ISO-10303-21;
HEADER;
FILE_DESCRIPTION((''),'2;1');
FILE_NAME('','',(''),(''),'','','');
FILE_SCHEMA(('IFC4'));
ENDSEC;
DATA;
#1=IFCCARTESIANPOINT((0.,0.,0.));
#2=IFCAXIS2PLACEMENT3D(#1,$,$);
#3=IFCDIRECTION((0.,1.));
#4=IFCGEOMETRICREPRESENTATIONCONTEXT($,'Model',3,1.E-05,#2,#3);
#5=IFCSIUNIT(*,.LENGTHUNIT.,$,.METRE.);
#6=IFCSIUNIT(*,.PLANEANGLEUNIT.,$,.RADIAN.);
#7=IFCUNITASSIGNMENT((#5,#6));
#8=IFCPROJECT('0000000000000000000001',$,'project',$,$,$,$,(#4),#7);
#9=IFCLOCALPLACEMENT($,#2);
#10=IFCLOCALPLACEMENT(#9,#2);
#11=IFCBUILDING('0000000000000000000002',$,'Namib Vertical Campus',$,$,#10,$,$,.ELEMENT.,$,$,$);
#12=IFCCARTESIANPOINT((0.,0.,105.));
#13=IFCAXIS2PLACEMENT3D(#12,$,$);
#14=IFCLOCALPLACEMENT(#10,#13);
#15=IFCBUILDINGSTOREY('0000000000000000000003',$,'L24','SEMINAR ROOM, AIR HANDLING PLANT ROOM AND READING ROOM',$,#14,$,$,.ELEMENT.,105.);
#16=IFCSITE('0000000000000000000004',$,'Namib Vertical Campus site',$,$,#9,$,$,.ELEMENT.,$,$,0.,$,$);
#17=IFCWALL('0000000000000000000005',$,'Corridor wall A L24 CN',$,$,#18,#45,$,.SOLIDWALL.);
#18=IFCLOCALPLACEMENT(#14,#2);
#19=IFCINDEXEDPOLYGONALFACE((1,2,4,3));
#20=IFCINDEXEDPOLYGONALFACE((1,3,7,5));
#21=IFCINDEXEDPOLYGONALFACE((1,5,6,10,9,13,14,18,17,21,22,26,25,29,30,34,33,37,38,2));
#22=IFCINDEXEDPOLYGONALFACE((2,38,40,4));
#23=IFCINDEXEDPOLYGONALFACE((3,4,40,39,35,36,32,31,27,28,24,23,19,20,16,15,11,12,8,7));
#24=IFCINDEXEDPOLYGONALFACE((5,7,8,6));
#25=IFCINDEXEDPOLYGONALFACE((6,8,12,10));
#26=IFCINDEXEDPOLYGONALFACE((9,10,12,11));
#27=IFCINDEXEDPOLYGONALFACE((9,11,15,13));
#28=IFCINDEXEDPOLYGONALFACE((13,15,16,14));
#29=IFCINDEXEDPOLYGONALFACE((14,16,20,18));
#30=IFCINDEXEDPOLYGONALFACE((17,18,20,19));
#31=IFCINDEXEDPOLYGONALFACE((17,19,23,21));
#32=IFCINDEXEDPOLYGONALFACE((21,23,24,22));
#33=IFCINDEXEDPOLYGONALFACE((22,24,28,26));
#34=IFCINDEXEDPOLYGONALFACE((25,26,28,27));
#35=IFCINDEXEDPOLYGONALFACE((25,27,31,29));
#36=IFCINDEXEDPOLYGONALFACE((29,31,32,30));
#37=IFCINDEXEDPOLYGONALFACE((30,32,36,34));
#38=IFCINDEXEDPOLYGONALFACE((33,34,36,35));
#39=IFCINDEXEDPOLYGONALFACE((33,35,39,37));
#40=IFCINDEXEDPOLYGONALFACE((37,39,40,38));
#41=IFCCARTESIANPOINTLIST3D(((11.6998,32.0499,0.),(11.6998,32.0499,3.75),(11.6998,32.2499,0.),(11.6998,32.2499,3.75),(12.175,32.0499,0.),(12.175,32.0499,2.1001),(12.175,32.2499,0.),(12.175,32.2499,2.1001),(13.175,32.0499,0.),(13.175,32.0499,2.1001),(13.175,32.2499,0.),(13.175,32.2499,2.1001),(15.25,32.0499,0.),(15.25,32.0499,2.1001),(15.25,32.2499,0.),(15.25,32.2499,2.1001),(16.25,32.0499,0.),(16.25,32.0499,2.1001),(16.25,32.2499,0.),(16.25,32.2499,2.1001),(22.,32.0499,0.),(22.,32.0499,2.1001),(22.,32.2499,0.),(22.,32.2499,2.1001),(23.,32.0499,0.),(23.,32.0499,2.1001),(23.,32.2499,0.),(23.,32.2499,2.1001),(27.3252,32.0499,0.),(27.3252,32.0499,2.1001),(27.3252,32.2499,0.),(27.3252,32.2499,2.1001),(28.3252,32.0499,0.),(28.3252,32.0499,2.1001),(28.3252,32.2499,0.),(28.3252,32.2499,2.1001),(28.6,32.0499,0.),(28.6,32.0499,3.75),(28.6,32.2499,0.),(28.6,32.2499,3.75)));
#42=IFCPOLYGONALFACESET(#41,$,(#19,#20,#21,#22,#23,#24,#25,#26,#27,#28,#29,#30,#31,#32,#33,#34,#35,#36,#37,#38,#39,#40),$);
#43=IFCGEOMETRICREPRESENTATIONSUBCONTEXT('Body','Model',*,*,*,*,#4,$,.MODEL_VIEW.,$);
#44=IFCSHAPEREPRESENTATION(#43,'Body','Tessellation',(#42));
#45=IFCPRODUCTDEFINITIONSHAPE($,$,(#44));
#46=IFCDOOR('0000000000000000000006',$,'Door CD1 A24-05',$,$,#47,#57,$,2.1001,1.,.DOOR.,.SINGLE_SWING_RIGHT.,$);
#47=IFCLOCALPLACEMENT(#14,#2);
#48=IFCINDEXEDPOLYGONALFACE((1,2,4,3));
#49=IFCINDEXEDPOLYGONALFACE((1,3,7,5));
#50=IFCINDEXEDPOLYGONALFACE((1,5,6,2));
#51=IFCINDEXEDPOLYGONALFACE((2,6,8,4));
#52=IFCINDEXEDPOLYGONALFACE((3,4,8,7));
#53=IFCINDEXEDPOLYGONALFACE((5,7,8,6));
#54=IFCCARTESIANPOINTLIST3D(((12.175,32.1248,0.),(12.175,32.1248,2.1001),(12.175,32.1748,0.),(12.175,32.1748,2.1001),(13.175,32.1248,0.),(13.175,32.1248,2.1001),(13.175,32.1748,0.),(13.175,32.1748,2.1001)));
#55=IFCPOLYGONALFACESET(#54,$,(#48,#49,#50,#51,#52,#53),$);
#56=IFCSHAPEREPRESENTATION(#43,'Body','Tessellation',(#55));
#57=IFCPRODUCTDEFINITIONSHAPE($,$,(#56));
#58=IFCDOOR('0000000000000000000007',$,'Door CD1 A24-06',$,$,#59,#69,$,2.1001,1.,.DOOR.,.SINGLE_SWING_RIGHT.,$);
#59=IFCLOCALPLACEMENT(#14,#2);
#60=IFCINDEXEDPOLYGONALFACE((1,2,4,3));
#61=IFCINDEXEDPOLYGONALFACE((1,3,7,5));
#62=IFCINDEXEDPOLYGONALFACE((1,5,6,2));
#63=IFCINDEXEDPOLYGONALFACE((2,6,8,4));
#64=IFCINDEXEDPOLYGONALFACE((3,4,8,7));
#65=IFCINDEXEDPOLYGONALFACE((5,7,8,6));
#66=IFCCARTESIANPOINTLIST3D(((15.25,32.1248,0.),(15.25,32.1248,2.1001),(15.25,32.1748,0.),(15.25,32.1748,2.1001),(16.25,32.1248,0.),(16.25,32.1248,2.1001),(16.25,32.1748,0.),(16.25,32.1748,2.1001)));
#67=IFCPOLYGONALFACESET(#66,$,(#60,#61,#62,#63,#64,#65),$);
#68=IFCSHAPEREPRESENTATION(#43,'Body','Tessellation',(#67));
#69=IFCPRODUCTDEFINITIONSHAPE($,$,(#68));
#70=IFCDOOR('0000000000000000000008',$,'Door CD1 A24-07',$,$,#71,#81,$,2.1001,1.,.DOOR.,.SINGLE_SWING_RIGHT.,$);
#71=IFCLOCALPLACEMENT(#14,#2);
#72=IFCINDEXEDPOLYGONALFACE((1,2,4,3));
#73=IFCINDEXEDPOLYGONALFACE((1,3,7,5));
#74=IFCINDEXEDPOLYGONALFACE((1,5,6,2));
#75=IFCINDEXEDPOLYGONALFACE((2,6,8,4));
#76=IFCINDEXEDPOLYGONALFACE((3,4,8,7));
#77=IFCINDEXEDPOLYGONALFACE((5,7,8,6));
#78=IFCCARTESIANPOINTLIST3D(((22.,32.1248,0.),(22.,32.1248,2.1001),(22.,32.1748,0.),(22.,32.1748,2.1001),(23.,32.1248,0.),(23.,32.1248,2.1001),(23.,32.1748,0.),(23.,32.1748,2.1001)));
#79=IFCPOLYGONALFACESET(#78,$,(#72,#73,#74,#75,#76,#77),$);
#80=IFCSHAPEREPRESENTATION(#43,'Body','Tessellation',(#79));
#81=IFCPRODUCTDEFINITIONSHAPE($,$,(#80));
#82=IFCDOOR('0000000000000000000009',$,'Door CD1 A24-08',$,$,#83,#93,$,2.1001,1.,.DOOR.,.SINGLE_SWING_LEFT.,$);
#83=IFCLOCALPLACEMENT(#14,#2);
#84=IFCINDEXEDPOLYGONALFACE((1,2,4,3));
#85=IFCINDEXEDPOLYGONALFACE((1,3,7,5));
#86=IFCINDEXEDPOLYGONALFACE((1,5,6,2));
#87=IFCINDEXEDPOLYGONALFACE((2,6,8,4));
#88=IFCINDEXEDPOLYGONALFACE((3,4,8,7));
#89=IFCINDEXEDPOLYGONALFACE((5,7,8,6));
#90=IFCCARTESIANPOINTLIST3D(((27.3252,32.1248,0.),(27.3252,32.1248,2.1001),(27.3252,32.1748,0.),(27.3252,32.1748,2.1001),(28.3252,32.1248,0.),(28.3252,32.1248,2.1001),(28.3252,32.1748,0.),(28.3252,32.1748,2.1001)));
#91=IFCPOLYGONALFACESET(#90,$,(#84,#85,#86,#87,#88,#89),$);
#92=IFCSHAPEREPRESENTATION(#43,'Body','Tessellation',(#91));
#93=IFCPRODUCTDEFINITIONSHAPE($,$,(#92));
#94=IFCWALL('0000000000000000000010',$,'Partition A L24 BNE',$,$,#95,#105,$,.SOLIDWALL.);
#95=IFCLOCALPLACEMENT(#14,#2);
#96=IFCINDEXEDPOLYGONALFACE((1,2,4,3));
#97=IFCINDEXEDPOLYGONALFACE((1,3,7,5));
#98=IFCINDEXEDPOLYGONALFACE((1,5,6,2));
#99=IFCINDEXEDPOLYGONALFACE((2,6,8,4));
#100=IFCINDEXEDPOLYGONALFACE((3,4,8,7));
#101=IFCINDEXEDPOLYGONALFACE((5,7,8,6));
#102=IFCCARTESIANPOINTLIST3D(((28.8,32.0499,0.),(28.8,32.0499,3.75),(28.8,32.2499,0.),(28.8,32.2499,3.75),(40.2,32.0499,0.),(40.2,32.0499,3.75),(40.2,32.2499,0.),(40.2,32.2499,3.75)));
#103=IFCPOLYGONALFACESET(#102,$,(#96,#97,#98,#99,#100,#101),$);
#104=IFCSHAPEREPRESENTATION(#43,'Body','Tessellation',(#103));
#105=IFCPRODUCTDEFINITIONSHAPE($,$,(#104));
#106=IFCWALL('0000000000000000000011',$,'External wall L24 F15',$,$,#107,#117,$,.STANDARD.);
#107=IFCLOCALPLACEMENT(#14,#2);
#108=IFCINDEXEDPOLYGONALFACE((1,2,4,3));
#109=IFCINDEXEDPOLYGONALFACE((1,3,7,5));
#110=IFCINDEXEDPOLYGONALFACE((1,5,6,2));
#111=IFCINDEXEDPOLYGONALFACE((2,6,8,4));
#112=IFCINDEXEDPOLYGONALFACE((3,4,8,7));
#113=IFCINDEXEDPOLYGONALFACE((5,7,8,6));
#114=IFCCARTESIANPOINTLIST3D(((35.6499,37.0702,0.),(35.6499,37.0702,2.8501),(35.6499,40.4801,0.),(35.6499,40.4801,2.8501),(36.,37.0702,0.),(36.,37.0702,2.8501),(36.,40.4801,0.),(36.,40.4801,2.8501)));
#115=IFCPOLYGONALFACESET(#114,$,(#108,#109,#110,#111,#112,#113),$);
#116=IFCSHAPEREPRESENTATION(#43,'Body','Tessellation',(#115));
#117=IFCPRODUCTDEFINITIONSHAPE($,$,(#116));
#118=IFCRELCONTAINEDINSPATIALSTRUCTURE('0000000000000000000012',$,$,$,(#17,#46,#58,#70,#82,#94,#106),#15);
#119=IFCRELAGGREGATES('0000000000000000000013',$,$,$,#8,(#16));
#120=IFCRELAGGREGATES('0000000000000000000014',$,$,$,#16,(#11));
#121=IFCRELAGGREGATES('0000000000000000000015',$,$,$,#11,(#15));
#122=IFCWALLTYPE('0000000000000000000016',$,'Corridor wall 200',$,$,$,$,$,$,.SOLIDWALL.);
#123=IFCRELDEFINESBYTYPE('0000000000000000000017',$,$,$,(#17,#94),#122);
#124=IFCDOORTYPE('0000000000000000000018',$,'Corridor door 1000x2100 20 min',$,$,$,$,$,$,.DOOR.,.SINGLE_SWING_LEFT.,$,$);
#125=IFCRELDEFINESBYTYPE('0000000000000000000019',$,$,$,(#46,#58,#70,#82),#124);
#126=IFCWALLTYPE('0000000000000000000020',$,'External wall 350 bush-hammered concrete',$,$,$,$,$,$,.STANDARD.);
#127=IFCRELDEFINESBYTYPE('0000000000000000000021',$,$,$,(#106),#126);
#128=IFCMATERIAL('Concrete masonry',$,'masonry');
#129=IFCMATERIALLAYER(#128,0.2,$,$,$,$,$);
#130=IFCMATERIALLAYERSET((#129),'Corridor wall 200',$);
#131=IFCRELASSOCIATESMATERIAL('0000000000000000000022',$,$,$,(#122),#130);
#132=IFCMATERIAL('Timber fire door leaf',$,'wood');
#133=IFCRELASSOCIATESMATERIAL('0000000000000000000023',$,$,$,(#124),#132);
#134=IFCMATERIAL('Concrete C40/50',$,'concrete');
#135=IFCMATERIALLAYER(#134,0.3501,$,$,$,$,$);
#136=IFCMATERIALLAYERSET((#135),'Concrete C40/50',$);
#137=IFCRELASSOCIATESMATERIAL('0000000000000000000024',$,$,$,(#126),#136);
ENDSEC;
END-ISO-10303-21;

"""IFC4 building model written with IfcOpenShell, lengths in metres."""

from ifc_helpers import new_model, si_unit, direction, frame, frame_2d, origin, place, context, subcontext, project, spatial, rectangle, extrude, material, layer, layer_set, type_object, element, fill, save


model = new_model("IFC4")

# Units and contexts
model_context = context("Model", 3, precision=1e-05, world=origin(), true_north=direction((0.0, 1.0)))
body_context = subcontext(model_context, "Body", "Model", "MODEL_VIEW")
ifc_project = project(units=[si_unit("LENGTHUNIT", "METRE"), si_unit("PLANEANGLEUNIT", "RADIAN")], contexts=[model_context])

# Site, building, storey
site_placement = place(None, origin())
site = spatial("IfcSite", under=ifc_project, at=site_placement, Name="Namib Vertical Campus site", CompositionType="ELEMENT", RefElevation=0.0)
building_placement = place(site_placement, origin())
building = spatial("IfcBuilding", under=site, at=building_placement, Name="Namib Vertical Campus", CompositionType="ELEMENT")
storey_placement = place(building_placement, frame((0.0, 0.0, 105.0)))
storey = spatial("IfcBuildingStorey", under=building, at=storey_placement, Name="L24", Description="SEMINAR ROOM, AIR HANDLING PLANT ROOM AND READING ROOM", CompositionType="ELEMENT", Elevation=105.0)

# Wall, openings, doors
ifc_material_1 = material(Name="Concrete masonry", Category="masonry")
ifc_layer_1 = layer(ifc_material_1, 0.2)
ifc_layer_set_1 = layer_set([ifc_layer_1], Name="Corridor wall 200")
wall_type_1 = type_object("IfcWallType", Name="Corridor wall 200", PredefinedType="SOLIDWALL", material=ifc_layer_set_1)
wall_1_placement = place(storey_placement, frame((28.6001, 32.1499, 0.0), z_axis=(0.0, 0.0, 1.0), x_axis=(-1.0, 0.0, 0.0)))
wall_1 = element("IfcWall", 1, at=wall_1_placement, inside=storey, type_object=wall_type_1, Name="Corridor wall A L24 CN", PredefinedType="SOLIDWALL", context=body_context, shape_type="SweptSolid", body=[
    extrude(rectangle(XDim=16.9001, YDim=0.2, at=frame_2d((8.4502, 0.0))), origin(), (0.0, 0.0, 1.0), 3.75),
])
opening_1_placement = place(wall_1_placement, frame((15.425, 0.0, 0.0)))
opening_1 = element("IfcOpeningElement", 2, at=opening_1_placement, cuts=wall_1, PredefinedType="OPENING", context=body_context, shape_type="SweptSolid", body=[
    extrude(rectangle(XDim=1.0, YDim=2.1001, at=frame_2d((0.5, 1.05))), frame((0.0, 0.1099, 0.0), z_axis=(0.0, -1.0, 0.0), x_axis=(1.0, 0.0, 0.0)), (0.0, 0.0, 1.0), 0.22),
])
opening_2_placement = place(wall_1_placement, frame((12.3501, 0.0, 0.0)))
opening_2 = element("IfcOpeningElement", 3, at=opening_2_placement, cuts=wall_1, PredefinedType="OPENING", context=body_context, shape_type="SweptSolid", body=[
    extrude(rectangle(XDim=1.0, YDim=2.1001, at=frame_2d((0.5, 1.05))), frame((0.0, 0.1099, 0.0), z_axis=(0.0, -1.0, 0.0), x_axis=(1.0, 0.0, 0.0)), (0.0, 0.0, 1.0), 0.22),
])
opening_3_placement = place(wall_1_placement, frame((5.6001, 0.0, 0.0)))
opening_3 = element("IfcOpeningElement", 4, at=opening_3_placement, cuts=wall_1, PredefinedType="OPENING", context=body_context, shape_type="SweptSolid", body=[
    extrude(rectangle(XDim=1.0, YDim=2.1001, at=frame_2d((0.5, 1.05))), frame((0.0, 0.1099, 0.0), z_axis=(0.0, -1.0, 0.0), x_axis=(1.0, 0.0, 0.0)), (0.0, 0.0, 1.0), 0.22),
])
opening_4_placement = place(wall_1_placement, frame((0.2749, 0.0, 0.0)))
opening_4 = element("IfcOpeningElement", 5, at=opening_4_placement, cuts=wall_1, PredefinedType="OPENING", context=body_context, shape_type="SweptSolid", body=[
    extrude(rectangle(XDim=1.0, YDim=2.1001, at=frame_2d((0.5, 1.05))), frame((0.0, 0.1099, 0.0), z_axis=(0.0, -1.0, 0.0), x_axis=(1.0, 0.0, 0.0)), (0.0, 0.0, 1.0), 0.22),
])
ifc_material_2 = material(Name="Timber fire door leaf", Category="wood")
door_type = type_object("IfcDoorType", Name="Corridor door 1000x2100 20 min", OperationType="SINGLE_SWING_LEFT", PredefinedType="DOOR", material=ifc_material_2)
door_1_placement = place(opening_1_placement, frame((1.0, 0.0, 0.0), z_axis=(0.0, 0.0, 1.0), x_axis=(-1.0, 0.0, 0.0)))
door_1 = element("IfcDoor", 6, at=door_1_placement, inside=storey, type_object=door_type, Name="Door CD1 A24-05", OperationType="SINGLE_SWING_RIGHT", OverallHeight=2.1001, OverallWidth=1.0, PredefinedType="DOOR", context=body_context, shape_type="SweptSolid", body=[
    extrude(rectangle(XDim=1.0, YDim=2.1001, at=frame_2d((0.5, 1.05))), frame((0.0, 0.0249, 0.0), z_axis=(0.0, -1.0, 0.0), x_axis=(1.0, 0.0, 0.0)), (0.0, 0.0, 1.0), 0.05),
])
fill(opening_1, door_1)
door_2_placement = place(opening_2_placement, frame((1.0, 0.0, 0.0), z_axis=(0.0, 0.0, 1.0), x_axis=(-1.0, 0.0, 0.0)))
door_2 = element("IfcDoor", 7, at=door_2_placement, inside=storey, type_object=door_type, Name="Door CD1 A24-06", OperationType="SINGLE_SWING_RIGHT", OverallHeight=2.1001, OverallWidth=1.0, PredefinedType="DOOR", context=body_context, shape_type="SweptSolid", body=[
    extrude(rectangle(XDim=1.0, YDim=2.1001, at=frame_2d((0.5, 1.05))), frame((0.0, 0.0249, 0.0), z_axis=(0.0, -1.0, 0.0), x_axis=(1.0, 0.0, 0.0)), (0.0, 0.0, 1.0), 0.05),
])
fill(opening_2, door_2)
door_3_placement = place(opening_3_placement, frame((1.0, 0.0, 0.0), z_axis=(0.0, 0.0, 1.0), x_axis=(-1.0, 0.0, 0.0)))
door_3 = element("IfcDoor", 8, at=door_3_placement, inside=storey, type_object=door_type, Name="Door CD1 A24-07", OperationType="SINGLE_SWING_RIGHT", OverallHeight=2.1001, OverallWidth=1.0, PredefinedType="DOOR", context=body_context, shape_type="SweptSolid", body=[
    extrude(rectangle(XDim=1.0, YDim=2.1001, at=frame_2d((0.5, 1.05))), frame((0.0, 0.0249, 0.0), z_axis=(0.0, -1.0, 0.0), x_axis=(1.0, 0.0, 0.0)), (0.0, 0.0, 1.0), 0.05),
])
fill(opening_3, door_3)
door_4_placement = place(opening_4_placement, frame((1.0, 0.0, 0.0), z_axis=(0.0, 0.0, 1.0), x_axis=(-1.0, 0.0, 0.0)))
door_4 = element("IfcDoor", 9, at=door_4_placement, inside=storey, type_object=door_type, Name="Door CD1 A24-08", OperationType="SINGLE_SWING_LEFT", OverallHeight=2.1001, OverallWidth=1.0, PredefinedType="DOOR", context=body_context, shape_type="SweptSolid", body=[
    extrude(rectangle(XDim=1.0, YDim=2.1001, at=frame_2d((0.5, 1.05))), frame((0.0, 0.0249, 0.0), z_axis=(0.0, -1.0, 0.0), x_axis=(1.0, 0.0, 0.0)), (0.0, 0.0, 1.0), 0.05),
])
fill(opening_4, door_4)

# Walls
wall_2_placement = place(storey_placement, frame((28.8, 32.1499, 0.0), z_axis=(0.0, 0.0, 1.0), x_axis=(1.0, 0.0, 0.0)))
element("IfcWall", 10, at=wall_2_placement, inside=storey, type_object=wall_type_1, Name="Partition A L24 BNE", PredefinedType="SOLIDWALL", context=body_context, shape_type="SweptSolid", body=[
    extrude(rectangle(XDim=11.3999, YDim=0.2, at=frame_2d((5.7, 0.0))), origin(), (0.0, 0.0, 1.0), 3.75),
])
ifc_material_3 = material(Name="Concrete C40/50", Category="concrete")
ifc_layer_2 = layer(ifc_material_3, 0.3501)
ifc_layer_set_2 = layer_set([ifc_layer_2], Name="Concrete C40/50")
wall_type_2 = type_object("IfcWallType", Name="External wall 350 bush-hammered concrete", PredefinedType="STANDARD", material=ifc_layer_set_2)
wall_3_placement = place(storey_placement, frame((35.825, 37.0701, 0.0), z_axis=(0.0, 0.0, 1.0), x_axis=(0.0, 1.0, 0.0)))
element("IfcWall", 11, at=wall_3_placement, inside=storey, type_object=wall_type_2, Name="External wall L24 F15", PredefinedType="STANDARD", context=body_context, shape_type="SweptSolid", body=[
    extrude(rectangle(XDim=3.4099, YDim=0.3501, at=frame_2d((1.7051, 0.0))), origin(), (0.0, 0.0, 1.0), 2.8501),
])

save(model, "model.ifc")
